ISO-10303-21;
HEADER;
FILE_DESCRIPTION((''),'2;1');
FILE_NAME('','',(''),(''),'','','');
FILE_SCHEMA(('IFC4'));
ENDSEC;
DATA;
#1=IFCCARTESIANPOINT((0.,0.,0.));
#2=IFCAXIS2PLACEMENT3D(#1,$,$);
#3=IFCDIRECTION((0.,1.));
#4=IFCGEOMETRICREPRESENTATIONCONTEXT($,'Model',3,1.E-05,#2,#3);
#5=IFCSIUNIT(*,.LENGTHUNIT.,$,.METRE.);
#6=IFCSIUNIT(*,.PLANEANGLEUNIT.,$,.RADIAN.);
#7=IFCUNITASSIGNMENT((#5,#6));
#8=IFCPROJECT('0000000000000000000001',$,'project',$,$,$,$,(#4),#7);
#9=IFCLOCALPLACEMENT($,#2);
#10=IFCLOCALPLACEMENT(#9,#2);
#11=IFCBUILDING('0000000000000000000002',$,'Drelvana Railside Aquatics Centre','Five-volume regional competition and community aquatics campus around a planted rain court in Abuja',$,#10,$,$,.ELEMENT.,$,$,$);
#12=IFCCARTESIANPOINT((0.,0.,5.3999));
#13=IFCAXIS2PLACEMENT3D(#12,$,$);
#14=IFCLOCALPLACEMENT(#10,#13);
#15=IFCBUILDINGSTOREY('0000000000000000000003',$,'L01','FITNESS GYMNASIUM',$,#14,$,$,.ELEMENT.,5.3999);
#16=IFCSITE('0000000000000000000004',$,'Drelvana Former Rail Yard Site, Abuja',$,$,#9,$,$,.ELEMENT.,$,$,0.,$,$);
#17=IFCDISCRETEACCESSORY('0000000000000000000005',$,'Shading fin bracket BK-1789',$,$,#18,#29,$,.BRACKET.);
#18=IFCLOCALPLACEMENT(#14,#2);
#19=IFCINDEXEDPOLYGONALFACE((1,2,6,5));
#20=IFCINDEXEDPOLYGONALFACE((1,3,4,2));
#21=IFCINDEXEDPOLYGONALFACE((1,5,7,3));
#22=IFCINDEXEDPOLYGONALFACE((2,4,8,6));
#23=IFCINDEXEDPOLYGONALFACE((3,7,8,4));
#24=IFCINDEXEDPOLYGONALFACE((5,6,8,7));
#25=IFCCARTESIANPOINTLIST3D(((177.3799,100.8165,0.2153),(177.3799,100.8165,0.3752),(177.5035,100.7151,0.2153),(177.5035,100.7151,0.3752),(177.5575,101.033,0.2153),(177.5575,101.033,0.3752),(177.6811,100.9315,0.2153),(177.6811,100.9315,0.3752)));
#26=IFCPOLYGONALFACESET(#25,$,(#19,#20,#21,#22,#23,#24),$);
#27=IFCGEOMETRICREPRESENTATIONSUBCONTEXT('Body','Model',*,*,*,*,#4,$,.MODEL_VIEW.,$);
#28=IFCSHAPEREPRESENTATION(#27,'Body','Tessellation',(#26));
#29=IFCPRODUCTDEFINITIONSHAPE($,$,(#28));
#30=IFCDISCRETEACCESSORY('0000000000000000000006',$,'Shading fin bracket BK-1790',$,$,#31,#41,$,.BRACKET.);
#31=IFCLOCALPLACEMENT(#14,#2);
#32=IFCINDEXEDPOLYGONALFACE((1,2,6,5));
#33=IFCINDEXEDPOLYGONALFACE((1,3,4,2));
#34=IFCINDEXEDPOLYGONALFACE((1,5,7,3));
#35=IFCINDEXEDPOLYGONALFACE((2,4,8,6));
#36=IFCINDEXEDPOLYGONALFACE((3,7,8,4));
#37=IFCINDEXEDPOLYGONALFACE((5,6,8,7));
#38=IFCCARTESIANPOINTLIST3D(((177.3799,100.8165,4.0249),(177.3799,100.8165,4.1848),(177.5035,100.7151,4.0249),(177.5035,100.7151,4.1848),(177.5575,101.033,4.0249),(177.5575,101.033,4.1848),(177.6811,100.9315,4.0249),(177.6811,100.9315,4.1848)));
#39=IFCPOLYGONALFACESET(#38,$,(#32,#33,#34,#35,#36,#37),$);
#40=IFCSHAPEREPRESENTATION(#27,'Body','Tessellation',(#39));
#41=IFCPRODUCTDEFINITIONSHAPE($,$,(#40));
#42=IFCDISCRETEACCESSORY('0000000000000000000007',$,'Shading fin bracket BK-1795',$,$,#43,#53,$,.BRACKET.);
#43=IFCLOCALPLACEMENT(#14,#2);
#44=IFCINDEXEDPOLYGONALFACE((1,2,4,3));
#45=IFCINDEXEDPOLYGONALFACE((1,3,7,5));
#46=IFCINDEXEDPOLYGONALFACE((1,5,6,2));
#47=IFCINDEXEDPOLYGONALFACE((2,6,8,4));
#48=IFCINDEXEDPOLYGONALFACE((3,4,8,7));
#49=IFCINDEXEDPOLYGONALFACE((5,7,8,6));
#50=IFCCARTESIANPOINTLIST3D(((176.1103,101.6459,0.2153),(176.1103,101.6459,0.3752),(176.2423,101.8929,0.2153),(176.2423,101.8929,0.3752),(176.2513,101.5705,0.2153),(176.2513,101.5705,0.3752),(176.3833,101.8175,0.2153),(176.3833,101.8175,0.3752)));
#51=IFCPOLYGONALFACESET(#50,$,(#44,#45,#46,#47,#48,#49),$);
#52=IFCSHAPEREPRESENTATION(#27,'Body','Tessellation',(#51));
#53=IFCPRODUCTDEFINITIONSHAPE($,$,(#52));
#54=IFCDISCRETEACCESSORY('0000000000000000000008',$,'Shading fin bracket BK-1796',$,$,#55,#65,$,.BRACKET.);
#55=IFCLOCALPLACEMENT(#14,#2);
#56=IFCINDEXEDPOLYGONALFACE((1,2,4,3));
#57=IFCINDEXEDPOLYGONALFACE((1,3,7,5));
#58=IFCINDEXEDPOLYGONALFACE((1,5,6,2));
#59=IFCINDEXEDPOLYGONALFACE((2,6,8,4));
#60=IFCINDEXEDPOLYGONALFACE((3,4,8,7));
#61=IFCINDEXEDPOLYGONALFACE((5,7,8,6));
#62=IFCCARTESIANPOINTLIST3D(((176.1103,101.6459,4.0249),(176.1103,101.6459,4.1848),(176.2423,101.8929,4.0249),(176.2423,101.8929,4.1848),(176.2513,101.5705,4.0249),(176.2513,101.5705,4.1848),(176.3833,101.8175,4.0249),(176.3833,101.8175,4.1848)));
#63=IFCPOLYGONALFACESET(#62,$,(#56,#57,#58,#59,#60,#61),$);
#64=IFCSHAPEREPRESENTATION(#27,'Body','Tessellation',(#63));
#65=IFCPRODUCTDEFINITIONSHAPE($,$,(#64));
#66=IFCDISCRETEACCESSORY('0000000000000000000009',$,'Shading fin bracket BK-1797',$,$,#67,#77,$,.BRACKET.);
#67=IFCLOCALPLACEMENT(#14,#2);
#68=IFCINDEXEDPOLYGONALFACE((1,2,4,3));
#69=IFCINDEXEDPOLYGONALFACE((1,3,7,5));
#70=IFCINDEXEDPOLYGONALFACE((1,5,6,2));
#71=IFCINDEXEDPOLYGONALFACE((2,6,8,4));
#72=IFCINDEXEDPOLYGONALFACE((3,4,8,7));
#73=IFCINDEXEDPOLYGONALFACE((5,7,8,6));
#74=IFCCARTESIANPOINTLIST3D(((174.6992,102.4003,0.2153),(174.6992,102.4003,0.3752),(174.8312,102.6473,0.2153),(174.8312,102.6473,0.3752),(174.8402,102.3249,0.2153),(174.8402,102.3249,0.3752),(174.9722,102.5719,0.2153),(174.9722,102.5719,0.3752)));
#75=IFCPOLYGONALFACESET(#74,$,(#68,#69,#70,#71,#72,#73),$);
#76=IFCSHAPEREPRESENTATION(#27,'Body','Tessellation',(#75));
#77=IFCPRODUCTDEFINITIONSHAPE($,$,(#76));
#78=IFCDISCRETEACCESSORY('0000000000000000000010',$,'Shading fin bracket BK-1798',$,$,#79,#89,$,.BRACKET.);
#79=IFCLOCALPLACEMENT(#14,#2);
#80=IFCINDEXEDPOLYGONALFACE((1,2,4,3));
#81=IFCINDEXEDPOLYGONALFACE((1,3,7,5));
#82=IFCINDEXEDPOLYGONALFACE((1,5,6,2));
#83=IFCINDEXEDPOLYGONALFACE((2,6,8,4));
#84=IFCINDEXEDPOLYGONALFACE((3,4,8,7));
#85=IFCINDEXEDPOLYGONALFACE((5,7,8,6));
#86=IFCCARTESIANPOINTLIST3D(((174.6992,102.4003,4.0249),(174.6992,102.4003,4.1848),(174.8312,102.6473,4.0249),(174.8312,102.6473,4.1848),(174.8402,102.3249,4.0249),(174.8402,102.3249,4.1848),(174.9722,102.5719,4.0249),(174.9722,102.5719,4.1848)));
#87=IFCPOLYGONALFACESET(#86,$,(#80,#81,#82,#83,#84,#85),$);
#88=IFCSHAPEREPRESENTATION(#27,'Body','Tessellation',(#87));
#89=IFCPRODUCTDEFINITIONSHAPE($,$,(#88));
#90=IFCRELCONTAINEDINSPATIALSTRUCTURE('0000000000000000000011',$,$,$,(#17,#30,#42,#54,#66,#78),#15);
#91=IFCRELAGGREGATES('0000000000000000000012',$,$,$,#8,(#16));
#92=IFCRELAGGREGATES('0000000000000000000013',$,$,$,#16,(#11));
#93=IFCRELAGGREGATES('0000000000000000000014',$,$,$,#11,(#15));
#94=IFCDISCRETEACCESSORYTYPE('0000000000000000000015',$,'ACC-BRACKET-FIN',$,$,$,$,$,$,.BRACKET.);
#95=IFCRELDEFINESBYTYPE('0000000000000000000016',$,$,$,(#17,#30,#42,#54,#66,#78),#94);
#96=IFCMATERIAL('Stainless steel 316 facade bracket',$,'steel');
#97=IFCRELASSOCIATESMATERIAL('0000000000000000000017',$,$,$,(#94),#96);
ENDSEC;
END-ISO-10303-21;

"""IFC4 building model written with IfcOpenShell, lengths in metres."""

from ifc_helpers import new_model, si_unit, direction, frame, origin, origin_2d, place, context, subcontext, project, spatial, rectangle, extrude, material, type_object, element, save


model = new_model("IFC4")

# Units and contexts
model_context = context("Model", 3, precision=1e-05, world=origin(), true_north=direction((0.0, 1.0)))
body_context = subcontext(model_context, "Body", "Model", "MODEL_VIEW")
ifc_project = project(units=[si_unit("LENGTHUNIT", "METRE"), si_unit("PLANEANGLEUNIT", "RADIAN")], contexts=[model_context])

# Site, building, storey
site_placement = place(None, origin())
site = spatial("IfcSite", under=ifc_project, at=site_placement, Name="Drelvana Former Rail Yard Site, Abuja", CompositionType="ELEMENT", RefElevation=0.0)
building_placement = place(site_placement, origin())
building = spatial("IfcBuilding", under=site, at=building_placement, Name="Drelvana Railside Aquatics Centre", Description="Five-volume regional competition and community aquatics campus around a planted rain court in Abuja", CompositionType="ELEMENT")
storey_placement = place(building_placement, frame((0.0, 0.0, 5.3999)))
storey = spatial("IfcBuildingStorey", under=building, at=storey_placement, Name="L01", Description="FITNESS GYMNASIUM", CompositionType="ELEMENT", Elevation=5.3999)

# Discrete accessories
ifc_material_1 = material(Name="Stainless steel 316 facade bracket", Category="steel")
discrete_accessory_type = type_object("IfcDiscreteAccessoryType", Name="ACC-BRACKET-FIN", PredefinedType="BRACKET", material=ifc_material_1)
for number, where, z_axis, x_axis, name in (
    (1, (177.5305, 100.874, 0.2153), (0.0, 0.0, 1.0), (0.634393, 0.77301, 0.0), "Shading fin bracket BK-1789"),
    (2, (177.5305, 100.874, 4.0249), (0.0, 0.0, 1.0), (0.634393, 0.77301, 0.0), "Shading fin bracket BK-1790"),
    (3, (176.2468, 101.7317, 0.2153), (0.0, 0.0, 1.0), (0.471397, 0.881921, 0.0), "Shading fin bracket BK-1795"),
    (4, (176.2468, 101.7317, 4.0249), (0.0, 0.0, 1.0), (0.471397, 0.881921, 0.0), "Shading fin bracket BK-1796"),
    (5, (174.8357, 102.4861, 0.2153), (0.0, 0.0, 1.0), (0.471397, 0.881921, 0.0), "Shading fin bracket BK-1797"),
    (6, (174.8357, 102.4861, 4.0249), (0.0, 0.0, 1.0), (0.471397, 0.881921, 0.0), "Shading fin bracket BK-1798"),
):
    element("IfcDiscreteAccessory", number, at=place(storey_placement, frame(where, z_axis=z_axis, x_axis=x_axis)), inside=storey, type_object=discrete_accessory_type, Name=name, PredefinedType="BRACKET", context=body_context, shape_type="SweptSolid", body=[
        extrude(rectangle(XDim=0.28, YDim=0.1599, at=origin_2d()), origin(), (0.0, 0.0, 1.0), 0.1599),
    ])

save(model, "model.ifc")
